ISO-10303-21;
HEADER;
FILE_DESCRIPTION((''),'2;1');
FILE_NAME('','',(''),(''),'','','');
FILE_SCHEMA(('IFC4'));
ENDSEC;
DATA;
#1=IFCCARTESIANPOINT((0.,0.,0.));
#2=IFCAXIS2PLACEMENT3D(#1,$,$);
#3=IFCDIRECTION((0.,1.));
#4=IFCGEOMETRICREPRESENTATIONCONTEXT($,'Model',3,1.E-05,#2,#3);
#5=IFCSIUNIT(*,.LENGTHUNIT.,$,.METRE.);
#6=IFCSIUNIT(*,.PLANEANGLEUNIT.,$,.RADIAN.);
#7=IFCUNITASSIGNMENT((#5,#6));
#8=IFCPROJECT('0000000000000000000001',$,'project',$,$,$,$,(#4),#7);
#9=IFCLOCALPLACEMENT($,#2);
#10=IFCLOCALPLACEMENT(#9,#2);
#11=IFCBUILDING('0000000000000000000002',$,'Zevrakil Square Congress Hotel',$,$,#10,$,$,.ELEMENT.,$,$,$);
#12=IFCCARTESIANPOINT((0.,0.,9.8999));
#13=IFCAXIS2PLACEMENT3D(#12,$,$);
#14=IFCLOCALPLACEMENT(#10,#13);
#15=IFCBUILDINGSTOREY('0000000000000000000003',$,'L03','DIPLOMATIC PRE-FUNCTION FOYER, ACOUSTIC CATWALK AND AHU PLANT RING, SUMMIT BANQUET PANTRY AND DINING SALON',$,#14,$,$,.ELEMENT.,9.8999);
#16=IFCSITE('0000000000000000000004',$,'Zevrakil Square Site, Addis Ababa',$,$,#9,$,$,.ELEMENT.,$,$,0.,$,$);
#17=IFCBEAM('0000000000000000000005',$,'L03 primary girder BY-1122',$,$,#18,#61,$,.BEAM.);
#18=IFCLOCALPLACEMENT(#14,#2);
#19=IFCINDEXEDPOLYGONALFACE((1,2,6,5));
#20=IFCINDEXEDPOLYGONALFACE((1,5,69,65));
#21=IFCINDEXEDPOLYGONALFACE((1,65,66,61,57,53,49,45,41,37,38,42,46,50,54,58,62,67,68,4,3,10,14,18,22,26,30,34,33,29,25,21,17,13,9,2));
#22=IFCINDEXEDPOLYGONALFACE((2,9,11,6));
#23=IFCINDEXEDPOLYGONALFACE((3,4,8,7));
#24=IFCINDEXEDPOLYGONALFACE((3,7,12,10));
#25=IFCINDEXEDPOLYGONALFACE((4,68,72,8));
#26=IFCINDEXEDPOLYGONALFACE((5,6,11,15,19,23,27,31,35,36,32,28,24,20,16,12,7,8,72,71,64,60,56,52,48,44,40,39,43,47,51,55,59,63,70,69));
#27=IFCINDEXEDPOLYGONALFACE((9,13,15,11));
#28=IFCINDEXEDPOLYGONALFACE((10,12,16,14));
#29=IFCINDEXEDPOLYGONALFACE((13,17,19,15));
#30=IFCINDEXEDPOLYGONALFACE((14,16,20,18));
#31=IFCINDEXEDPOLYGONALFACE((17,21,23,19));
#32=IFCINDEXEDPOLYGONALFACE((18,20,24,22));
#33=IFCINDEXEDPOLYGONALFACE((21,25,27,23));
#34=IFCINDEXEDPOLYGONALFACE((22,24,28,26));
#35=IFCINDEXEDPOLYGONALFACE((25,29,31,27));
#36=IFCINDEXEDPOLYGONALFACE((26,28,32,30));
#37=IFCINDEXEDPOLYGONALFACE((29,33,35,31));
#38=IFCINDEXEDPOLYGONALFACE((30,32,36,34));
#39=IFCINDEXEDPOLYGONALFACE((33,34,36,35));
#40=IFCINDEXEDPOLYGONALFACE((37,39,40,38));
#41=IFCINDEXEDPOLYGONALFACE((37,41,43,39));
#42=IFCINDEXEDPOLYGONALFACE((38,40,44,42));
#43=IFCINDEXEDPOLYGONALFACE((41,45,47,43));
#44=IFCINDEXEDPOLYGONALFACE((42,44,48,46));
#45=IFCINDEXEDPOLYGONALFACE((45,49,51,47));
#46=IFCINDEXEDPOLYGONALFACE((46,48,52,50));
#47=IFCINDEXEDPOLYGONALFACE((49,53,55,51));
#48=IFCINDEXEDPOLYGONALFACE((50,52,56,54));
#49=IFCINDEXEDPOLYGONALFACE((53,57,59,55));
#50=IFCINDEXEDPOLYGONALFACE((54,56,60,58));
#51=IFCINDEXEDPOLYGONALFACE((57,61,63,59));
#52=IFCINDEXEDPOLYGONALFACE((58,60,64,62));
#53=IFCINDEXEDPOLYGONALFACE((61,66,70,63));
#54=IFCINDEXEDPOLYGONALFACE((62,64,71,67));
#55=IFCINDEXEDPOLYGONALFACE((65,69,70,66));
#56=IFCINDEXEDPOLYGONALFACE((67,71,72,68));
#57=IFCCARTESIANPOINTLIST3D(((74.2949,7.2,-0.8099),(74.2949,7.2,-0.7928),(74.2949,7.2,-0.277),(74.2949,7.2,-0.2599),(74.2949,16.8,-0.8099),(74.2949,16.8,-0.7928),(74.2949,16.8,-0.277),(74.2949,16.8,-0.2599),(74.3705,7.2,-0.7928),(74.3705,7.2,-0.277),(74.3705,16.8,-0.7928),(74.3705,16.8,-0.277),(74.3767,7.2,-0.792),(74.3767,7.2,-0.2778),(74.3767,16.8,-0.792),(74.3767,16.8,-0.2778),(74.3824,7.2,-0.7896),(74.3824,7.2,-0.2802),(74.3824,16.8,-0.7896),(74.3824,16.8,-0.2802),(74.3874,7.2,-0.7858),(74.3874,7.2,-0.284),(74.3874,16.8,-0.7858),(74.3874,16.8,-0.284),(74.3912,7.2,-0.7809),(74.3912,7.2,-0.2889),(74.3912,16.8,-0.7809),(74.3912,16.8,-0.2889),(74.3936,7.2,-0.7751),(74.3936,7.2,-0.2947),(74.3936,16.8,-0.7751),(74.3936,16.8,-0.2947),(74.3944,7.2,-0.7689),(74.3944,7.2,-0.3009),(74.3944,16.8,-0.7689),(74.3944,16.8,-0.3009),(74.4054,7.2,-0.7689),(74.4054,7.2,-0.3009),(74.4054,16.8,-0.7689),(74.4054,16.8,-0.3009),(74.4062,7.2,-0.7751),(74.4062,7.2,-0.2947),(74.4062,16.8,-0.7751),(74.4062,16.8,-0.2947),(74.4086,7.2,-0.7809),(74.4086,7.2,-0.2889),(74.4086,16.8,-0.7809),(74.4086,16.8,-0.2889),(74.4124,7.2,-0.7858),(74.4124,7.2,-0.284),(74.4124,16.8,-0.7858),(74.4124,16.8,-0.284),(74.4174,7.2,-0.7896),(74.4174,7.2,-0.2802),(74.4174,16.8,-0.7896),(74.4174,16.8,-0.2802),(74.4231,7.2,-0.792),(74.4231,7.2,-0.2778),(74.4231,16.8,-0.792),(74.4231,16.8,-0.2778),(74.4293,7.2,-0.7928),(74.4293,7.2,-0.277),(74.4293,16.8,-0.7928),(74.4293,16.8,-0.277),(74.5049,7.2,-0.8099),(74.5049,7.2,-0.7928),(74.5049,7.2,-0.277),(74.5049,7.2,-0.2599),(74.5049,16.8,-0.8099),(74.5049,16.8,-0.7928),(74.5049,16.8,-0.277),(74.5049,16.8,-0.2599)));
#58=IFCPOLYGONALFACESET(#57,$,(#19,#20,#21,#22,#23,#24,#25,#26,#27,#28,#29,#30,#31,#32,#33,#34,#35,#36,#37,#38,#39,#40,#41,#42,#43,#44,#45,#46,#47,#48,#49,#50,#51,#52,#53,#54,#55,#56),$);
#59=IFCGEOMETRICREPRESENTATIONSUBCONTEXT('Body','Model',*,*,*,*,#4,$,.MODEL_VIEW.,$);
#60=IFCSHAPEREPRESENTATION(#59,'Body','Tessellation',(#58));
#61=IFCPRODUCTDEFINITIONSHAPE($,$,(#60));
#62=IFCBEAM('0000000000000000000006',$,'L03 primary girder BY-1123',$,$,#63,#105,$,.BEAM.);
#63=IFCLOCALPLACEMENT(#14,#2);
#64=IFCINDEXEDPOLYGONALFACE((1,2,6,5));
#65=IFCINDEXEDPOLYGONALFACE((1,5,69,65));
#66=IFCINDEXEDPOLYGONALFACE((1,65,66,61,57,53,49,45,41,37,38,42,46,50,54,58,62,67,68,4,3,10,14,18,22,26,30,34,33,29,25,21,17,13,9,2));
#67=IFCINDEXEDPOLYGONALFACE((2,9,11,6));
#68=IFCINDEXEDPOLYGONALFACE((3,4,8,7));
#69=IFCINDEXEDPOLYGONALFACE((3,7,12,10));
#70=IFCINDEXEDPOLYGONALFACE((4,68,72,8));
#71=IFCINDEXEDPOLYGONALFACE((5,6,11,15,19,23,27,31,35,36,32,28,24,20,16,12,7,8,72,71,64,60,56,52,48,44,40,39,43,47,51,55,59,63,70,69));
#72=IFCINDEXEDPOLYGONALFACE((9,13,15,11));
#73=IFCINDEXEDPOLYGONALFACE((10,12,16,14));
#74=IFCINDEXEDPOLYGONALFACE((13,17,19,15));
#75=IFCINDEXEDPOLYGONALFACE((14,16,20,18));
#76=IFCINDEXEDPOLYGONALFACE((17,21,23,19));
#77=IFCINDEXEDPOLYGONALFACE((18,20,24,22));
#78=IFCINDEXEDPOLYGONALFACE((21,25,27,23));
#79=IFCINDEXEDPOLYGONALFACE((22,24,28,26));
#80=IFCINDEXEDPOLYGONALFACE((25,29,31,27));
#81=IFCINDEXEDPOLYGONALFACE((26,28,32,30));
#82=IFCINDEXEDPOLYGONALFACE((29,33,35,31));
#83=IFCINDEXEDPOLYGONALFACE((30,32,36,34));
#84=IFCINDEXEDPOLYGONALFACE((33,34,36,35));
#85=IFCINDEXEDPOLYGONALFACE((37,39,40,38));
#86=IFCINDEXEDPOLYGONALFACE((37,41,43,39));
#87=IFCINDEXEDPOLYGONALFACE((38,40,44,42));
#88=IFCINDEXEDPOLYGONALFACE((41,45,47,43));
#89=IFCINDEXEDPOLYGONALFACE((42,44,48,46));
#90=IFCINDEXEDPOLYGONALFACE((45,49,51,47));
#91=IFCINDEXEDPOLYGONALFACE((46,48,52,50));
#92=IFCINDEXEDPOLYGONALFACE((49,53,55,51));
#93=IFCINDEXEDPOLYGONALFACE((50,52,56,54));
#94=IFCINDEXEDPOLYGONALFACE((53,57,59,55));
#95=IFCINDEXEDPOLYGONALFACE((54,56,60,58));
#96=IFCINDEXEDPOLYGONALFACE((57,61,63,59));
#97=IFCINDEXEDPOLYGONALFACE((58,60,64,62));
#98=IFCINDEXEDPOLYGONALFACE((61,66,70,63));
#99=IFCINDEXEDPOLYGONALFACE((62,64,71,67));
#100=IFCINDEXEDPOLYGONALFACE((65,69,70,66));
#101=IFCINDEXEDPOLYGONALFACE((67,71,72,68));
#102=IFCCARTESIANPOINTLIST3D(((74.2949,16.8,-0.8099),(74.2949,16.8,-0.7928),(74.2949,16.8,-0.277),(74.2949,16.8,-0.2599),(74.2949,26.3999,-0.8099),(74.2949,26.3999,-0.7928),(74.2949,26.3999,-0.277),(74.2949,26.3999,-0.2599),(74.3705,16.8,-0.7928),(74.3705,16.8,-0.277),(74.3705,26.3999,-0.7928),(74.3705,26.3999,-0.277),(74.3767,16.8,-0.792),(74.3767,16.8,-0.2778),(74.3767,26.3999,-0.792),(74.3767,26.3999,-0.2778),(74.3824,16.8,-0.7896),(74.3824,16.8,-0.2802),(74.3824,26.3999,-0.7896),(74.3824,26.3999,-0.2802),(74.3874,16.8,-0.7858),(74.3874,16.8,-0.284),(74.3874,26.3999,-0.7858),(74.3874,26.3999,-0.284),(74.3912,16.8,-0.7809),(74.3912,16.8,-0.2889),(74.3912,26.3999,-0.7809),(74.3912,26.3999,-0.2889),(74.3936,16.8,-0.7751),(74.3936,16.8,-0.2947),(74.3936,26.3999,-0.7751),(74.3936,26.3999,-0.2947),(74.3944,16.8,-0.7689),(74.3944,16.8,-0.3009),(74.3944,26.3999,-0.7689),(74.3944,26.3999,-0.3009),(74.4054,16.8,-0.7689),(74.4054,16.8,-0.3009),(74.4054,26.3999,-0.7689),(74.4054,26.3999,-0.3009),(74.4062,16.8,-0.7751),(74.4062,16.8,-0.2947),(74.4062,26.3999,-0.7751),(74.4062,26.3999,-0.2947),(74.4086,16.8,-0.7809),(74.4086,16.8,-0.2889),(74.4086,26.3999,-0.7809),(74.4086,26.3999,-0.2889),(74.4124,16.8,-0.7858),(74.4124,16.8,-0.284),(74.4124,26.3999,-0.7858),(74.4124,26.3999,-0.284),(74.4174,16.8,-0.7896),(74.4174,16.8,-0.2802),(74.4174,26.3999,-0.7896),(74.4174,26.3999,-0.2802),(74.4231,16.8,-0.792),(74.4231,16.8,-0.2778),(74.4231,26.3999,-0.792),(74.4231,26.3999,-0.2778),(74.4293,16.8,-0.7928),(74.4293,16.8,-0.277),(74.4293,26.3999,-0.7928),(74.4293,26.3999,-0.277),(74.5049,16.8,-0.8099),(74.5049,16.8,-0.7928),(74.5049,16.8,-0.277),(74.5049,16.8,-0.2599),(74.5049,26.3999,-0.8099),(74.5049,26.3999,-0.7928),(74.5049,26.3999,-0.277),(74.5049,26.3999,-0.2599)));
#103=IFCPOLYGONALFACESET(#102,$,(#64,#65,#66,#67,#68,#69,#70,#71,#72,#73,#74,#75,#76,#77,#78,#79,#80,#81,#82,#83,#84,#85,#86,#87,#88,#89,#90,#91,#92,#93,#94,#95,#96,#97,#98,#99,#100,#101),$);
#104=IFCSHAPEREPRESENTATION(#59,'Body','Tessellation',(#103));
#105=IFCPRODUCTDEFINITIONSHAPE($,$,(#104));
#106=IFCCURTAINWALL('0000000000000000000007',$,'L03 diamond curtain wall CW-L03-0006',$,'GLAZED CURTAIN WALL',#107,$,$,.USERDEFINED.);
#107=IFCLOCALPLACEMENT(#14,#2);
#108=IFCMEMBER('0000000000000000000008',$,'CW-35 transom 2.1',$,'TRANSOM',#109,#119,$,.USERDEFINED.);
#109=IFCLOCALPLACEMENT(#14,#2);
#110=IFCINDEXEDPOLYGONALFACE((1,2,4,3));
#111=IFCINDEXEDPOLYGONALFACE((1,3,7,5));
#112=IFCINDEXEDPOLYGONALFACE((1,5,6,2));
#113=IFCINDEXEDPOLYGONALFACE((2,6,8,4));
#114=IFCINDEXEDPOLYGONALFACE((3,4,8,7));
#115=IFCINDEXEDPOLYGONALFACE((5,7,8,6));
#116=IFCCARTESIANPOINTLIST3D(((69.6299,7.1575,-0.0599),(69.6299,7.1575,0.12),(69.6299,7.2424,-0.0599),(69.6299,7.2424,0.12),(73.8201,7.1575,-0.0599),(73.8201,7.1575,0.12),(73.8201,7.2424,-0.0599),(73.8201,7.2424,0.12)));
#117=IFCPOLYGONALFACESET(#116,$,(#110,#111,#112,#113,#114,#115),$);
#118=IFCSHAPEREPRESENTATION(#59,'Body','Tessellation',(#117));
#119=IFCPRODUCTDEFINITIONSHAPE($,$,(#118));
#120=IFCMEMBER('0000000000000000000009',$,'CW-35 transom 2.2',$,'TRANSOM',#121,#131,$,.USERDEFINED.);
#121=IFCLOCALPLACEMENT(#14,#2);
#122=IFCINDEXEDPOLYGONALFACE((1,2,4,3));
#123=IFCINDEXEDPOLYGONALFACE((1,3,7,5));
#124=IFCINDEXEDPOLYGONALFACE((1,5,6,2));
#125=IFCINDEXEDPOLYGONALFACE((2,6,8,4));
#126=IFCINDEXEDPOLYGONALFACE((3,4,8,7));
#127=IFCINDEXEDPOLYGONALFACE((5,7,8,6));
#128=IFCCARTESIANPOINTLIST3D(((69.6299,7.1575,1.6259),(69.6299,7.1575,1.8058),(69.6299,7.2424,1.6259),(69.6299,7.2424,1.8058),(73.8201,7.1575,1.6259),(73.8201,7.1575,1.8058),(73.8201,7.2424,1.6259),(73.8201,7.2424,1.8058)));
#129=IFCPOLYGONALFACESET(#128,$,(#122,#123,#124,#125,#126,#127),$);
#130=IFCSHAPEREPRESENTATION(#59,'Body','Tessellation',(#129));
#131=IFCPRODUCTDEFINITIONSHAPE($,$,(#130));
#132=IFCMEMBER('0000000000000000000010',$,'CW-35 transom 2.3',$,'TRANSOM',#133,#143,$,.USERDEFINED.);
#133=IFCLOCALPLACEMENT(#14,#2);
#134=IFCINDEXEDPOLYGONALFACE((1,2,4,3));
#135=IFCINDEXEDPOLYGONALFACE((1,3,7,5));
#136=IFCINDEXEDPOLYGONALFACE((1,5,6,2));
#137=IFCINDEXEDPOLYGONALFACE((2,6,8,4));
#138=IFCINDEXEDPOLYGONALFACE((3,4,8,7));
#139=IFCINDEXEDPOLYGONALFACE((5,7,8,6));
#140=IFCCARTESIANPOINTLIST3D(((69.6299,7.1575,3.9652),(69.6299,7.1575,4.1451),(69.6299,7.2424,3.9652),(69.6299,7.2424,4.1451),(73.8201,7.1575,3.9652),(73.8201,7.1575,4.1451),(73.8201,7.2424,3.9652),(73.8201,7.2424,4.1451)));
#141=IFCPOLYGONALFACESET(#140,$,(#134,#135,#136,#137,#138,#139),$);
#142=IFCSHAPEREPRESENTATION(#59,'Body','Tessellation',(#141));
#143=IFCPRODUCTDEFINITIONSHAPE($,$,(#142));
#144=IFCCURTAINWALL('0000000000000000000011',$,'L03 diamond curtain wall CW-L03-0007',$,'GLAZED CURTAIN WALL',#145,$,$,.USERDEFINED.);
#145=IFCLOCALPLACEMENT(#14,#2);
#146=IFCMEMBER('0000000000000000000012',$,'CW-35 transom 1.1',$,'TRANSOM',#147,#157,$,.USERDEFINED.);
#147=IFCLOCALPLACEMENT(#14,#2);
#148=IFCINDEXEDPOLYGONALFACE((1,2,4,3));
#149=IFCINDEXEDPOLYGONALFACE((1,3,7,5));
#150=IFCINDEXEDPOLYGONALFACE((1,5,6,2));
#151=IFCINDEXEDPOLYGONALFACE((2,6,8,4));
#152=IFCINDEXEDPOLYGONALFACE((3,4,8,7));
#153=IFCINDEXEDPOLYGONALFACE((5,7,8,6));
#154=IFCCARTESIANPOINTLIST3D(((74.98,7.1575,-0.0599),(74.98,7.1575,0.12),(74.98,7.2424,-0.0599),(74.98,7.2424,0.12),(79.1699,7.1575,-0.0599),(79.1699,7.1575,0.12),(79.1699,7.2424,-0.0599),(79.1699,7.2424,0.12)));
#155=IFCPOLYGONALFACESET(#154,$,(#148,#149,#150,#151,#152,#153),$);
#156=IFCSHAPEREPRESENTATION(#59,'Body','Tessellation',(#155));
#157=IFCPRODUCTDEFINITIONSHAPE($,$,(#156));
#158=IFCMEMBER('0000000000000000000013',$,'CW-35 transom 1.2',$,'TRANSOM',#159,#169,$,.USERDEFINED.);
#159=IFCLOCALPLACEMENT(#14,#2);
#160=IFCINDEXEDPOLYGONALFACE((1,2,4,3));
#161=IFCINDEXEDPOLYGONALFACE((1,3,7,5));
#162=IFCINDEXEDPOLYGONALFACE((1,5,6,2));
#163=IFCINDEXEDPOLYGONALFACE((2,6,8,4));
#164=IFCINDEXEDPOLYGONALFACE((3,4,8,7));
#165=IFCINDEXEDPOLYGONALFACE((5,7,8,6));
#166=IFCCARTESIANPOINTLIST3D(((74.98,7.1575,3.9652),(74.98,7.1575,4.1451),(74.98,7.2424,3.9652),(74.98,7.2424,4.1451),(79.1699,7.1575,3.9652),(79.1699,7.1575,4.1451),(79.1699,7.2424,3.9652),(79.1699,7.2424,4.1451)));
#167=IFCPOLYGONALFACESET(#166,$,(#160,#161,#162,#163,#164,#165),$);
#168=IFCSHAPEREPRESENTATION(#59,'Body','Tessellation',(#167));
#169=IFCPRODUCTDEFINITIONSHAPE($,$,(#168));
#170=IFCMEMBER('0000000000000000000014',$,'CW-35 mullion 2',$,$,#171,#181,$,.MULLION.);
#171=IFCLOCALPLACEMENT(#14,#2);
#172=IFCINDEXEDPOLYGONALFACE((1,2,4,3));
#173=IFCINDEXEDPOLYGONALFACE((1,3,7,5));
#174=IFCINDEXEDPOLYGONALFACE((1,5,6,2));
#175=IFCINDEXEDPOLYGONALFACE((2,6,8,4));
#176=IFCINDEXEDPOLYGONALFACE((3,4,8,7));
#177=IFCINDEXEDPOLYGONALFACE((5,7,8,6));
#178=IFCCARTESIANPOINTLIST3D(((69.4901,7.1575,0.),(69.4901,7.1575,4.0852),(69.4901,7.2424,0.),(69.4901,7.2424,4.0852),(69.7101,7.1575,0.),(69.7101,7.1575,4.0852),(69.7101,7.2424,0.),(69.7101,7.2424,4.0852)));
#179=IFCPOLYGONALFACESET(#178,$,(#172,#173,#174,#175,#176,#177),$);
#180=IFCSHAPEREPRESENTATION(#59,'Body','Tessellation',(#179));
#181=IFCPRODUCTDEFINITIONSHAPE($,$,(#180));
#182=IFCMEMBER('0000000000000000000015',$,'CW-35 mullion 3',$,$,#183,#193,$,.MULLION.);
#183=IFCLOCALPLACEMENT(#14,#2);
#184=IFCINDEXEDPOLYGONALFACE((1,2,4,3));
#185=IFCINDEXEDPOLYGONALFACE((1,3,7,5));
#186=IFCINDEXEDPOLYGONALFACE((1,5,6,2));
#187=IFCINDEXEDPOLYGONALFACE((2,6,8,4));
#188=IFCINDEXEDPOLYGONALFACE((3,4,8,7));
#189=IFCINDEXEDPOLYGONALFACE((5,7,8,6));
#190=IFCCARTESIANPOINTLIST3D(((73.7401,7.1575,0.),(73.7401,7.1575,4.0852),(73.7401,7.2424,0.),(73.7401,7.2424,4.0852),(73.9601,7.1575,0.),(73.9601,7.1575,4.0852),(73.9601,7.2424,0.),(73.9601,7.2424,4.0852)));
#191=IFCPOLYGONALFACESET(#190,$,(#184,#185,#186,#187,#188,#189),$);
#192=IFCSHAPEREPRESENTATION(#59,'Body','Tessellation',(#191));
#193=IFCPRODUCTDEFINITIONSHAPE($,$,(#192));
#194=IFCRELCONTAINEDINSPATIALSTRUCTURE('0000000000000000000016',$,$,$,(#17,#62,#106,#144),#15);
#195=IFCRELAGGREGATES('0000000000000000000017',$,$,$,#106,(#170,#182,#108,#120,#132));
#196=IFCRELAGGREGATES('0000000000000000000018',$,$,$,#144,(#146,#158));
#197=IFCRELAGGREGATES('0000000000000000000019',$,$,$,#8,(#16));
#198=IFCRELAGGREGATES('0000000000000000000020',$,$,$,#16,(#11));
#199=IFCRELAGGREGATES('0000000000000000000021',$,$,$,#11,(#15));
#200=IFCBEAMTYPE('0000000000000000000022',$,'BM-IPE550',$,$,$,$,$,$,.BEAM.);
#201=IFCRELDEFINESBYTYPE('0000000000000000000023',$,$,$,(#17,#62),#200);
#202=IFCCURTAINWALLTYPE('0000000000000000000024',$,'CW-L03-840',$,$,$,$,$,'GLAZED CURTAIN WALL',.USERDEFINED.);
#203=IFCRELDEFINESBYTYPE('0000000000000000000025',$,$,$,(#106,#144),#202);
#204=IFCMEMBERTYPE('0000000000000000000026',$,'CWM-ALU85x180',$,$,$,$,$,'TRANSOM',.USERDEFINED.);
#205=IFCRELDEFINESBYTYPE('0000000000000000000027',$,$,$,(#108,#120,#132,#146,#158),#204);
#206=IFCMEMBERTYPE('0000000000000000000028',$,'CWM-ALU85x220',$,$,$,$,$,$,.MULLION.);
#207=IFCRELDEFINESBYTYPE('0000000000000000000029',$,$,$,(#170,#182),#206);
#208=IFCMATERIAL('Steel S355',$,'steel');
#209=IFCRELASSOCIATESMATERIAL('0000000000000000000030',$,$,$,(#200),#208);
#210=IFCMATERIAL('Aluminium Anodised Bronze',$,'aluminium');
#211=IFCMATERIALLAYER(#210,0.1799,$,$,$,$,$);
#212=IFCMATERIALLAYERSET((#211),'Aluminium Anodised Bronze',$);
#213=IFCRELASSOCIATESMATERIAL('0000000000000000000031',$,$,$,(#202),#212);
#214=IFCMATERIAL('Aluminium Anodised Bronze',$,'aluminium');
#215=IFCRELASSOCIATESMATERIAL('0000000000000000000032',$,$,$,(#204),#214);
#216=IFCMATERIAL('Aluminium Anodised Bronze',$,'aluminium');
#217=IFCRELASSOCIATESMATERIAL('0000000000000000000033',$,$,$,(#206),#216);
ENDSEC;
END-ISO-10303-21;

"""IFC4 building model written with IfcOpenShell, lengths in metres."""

from ifc_helpers import new_model, si_unit, direction, frame, origin, origin_2d, place, context, subcontext, project, spatial, rectangle, i_section, extrude, material, layer, layer_set, material_profile, profile_set, type_object, element, aggregate, save


model = new_model("IFC4")

# Units and contexts
model_context = context("Model", 3, precision=1e-05, world=origin(), true_north=direction((0.0, 1.0)))
body_context = subcontext(model_context, "Body", "Model", "MODEL_VIEW")
ifc_project = project(units=[si_unit("LENGTHUNIT", "METRE"), si_unit("PLANEANGLEUNIT", "RADIAN")], contexts=[model_context])

# Site, building, storey
site_placement = place(None, origin())
site = spatial("IfcSite", under=ifc_project, at=site_placement, Name="Zevrakil Square Site, Addis Ababa", CompositionType="ELEMENT", RefElevation=0.0)
building_placement = place(site_placement, origin())
building = spatial("IfcBuilding", under=site, at=building_placement, Name="Zevrakil Square Congress Hotel", CompositionType="ELEMENT")
storey_placement = place(building_placement, frame((0.0, 0.0, 9.8999)))
storey = spatial("IfcBuildingStorey", under=building, at=storey_placement, Name="L03", Description="DIPLOMATIC PRE-FUNCTION FOYER, ACOUSTIC CATWALK AND AHU PLANT RING, SUMMIT BANQUET PANTRY AND DINING SALON", CompositionType="ELEMENT", Elevation=9.8999)

# Beams
ifc_material_1 = material(Name="Steel S355", Category="steel")
ifc_material_profile_1 = material_profile(ifc_material_1, i_section(OverallWidth=0.21, OverallDepth=0.55, WebThickness=0.011, FlangeThickness=0.0171, FilletRadius=0.0239, at=origin_2d()), Name="IPE 550")
ifc_profile_set_1 = profile_set([ifc_material_profile_1], Name="Steel S355")
beam_type_1 = type_object("IfcBeamType", Name="BM-IPE550", PredefinedType="BEAM", material=ifc_profile_set_1)
beam_1_placement = place(storey_placement, frame((74.3999, 7.2, -0.5349), z_axis=(0.0, 1.0, 0.0), x_axis=(-1.0, 0.0, 0.0)))
element("IfcBeam", 1, at=beam_1_placement, inside=storey, type_object=beam_type_1, Name="L03 primary girder BY-1122", PredefinedType="BEAM", context=body_context, shape_type="SweptSolid", body=[
    extrude(i_section(OverallWidth=0.21, OverallDepth=0.55, WebThickness=0.011, FlangeThickness=0.0171, FilletRadius=0.0239, at=origin_2d()), origin(), (0.0, 0.0, 1.0), 9.6001),
])
beam_2_placement = place(storey_placement, frame((74.3999, 16.8, -0.5349), z_axis=(0.0, 1.0, 0.0), x_axis=(-1.0, 0.0, 0.0)))
element("IfcBeam", 2, at=beam_2_placement, inside=storey, type_object=beam_type_1, Name="L03 primary girder BY-1123", PredefinedType="BEAM", context=body_context, shape_type="SweptSolid", body=[
    extrude(i_section(OverallWidth=0.21, OverallDepth=0.55, WebThickness=0.011, FlangeThickness=0.0171, FilletRadius=0.0239, at=origin_2d()), origin(), (0.0, 0.0, 1.0), 9.5999),
])

# Curtain walls, members
ifc_material_2 = material(Name="Aluminium Anodised Bronze", Category="aluminium")
ifc_layer_1 = layer(ifc_material_2, 0.1799)
ifc_layer_set_1 = layer_set([ifc_layer_1], Name="Aluminium Anodised Bronze")
curtain_wall_type = type_object("IfcCurtainWallType", Name="CW-L03-840", ElementType="GLAZED CURTAIN WALL", PredefinedType="USERDEFINED", material=ifc_layer_set_1)
curtain_wall_1_placement = place(storey_placement, origin())
curtain_wall_1 = element("IfcCurtainWall", 3, at=curtain_wall_1_placement, inside=storey, type_object=curtain_wall_type, Name="L03 diamond curtain wall CW-L03-0006", ObjectType="GLAZED CURTAIN WALL", PredefinedType="USERDEFINED")
ifc_material_3 = material(Name="Aluminium Anodised Bronze", Category="aluminium")
ifc_material_profile_2 = material_profile(ifc_material_3, rectangle(XDim=0.085, YDim=0.1799, at=origin_2d()), Name="ALU 85x180")
ifc_profile_set_2 = profile_set([ifc_material_profile_2], Name="Aluminium Anodised Bronze")
member_type_1 = type_object("IfcMemberType", Name="CWM-ALU85x180", ElementType="TRANSOM", PredefinedType="USERDEFINED", material=ifc_profile_set_2)
member_1_placement = place(storey_placement, frame((69.6299, 7.2, 0.03), z_axis=(1.0, 0.0, 0.0), x_axis=(0.0, 1.0, 0.0)))
member_1 = element("IfcMember", 4, at=member_1_placement, type_object=member_type_1, Name="CW-35 transom 2.1", ObjectType="TRANSOM", PredefinedType="USERDEFINED", context=body_context, shape_type="SweptSolid", body=[
    extrude(rectangle(XDim=0.085, YDim=0.1799, at=origin_2d()), origin(), (0.0, 0.0, 1.0), 4.1902),
])
member_2_placement = place(storey_placement, frame((69.6299, 7.2, 1.7158), z_axis=(1.0, 0.0, 0.0), x_axis=(0.0, 1.0, 0.0)))
member_2 = element("IfcMember", 5, at=member_2_placement, type_object=member_type_1, Name="CW-35 transom 2.2", ObjectType="TRANSOM", PredefinedType="USERDEFINED", context=body_context, shape_type="SweptSolid", body=[
    extrude(rectangle(XDim=0.085, YDim=0.1799, at=origin_2d()), origin(), (0.0, 0.0, 1.0), 4.1902),
])
member_3_placement = place(storey_placement, frame((69.6299, 7.2, 4.0552), z_axis=(1.0, 0.0, 0.0), x_axis=(0.0, 1.0, 0.0)))
member_3 = element("IfcMember", 6, at=member_3_placement, type_object=member_type_1, Name="CW-35 transom 2.3", ObjectType="TRANSOM", PredefinedType="USERDEFINED", context=body_context, shape_type="SweptSolid", body=[
    extrude(rectangle(XDim=0.085, YDim=0.1799, at=origin_2d()), origin(), (0.0, 0.0, 1.0), 4.1902),
])
curtain_wall_2_placement = place(storey_placement, origin())
curtain_wall_2 = element("IfcCurtainWall", 7, at=curtain_wall_2_placement, inside=storey, type_object=curtain_wall_type, Name="L03 diamond curtain wall CW-L03-0007", ObjectType="GLAZED CURTAIN WALL", PredefinedType="USERDEFINED")
member_4_placement = place(storey_placement, frame((74.98, 7.2, 0.03), z_axis=(1.0, 0.0, 0.0), x_axis=(0.0, 1.0, 0.0)))
member_4 = element("IfcMember", 8, at=member_4_placement, type_object=member_type_1, Name="CW-35 transom 1.1", ObjectType="TRANSOM", PredefinedType="USERDEFINED", context=body_context, shape_type="SweptSolid", body=[
    extrude(rectangle(XDim=0.085, YDim=0.1799, at=origin_2d()), origin(), (0.0, 0.0, 1.0), 4.1899),
])
member_5_placement = place(storey_placement, frame((74.98, 7.2, 4.0552), z_axis=(1.0, 0.0, 0.0), x_axis=(0.0, 1.0, 0.0)))
member_5 = element("IfcMember", 9, at=member_5_placement, type_object=member_type_1, Name="CW-35 transom 1.2", ObjectType="TRANSOM", PredefinedType="USERDEFINED", context=body_context, shape_type="SweptSolid", body=[
    extrude(rectangle(XDim=0.085, YDim=0.1799, at=origin_2d()), origin(), (0.0, 0.0, 1.0), 4.1899),
])

# Members
ifc_material_4 = material(Name="Aluminium Anodised Bronze", Category="aluminium")
ifc_material_profile_3 = material_profile(ifc_material_4, rectangle(XDim=0.085, YDim=0.22, at=origin_2d()), Name="ALU 85x220")
ifc_profile_set_3 = profile_set([ifc_material_profile_3], Name="Aluminium Anodised Bronze")
member_type_2 = type_object("IfcMemberType", Name="CWM-ALU85x220", PredefinedType="MULLION", material=ifc_profile_set_3)
member_6_placement = place(storey_placement, frame((69.6001, 7.2, 0.0), z_axis=(0.0, 0.0, 1.0), x_axis=(0.0, 1.0, 0.0)))
member_6 = element("IfcMember", 10, at=member_6_placement, type_object=member_type_2, Name="CW-35 mullion 2", PredefinedType="MULLION", context=body_context, shape_type="SweptSolid", body=[
    extrude(rectangle(XDim=0.085, YDim=0.22, at=origin_2d()), origin(), (0.0, 0.0, 1.0), 4.0852),
])
member_7_placement = place(storey_placement, frame((73.8501, 7.2, 0.0), z_axis=(0.0, 0.0, 1.0), x_axis=(0.0, 1.0, 0.0)))
member_7 = element("IfcMember", 11, at=member_7_placement, type_object=member_type_2, Name="CW-35 mullion 3", PredefinedType="MULLION", context=body_context, shape_type="SweptSolid", body=[
    extrude(rectangle(XDim=0.085, YDim=0.22, at=origin_2d()), origin(), (0.0, 0.0, 1.0), 4.0852),
])

aggregate(curtain_wall_1, [member_6, member_7, member_1, member_2, member_3])
aggregate(curtain_wall_2, [member_4, member_5])

save(model, "model.ifc")
